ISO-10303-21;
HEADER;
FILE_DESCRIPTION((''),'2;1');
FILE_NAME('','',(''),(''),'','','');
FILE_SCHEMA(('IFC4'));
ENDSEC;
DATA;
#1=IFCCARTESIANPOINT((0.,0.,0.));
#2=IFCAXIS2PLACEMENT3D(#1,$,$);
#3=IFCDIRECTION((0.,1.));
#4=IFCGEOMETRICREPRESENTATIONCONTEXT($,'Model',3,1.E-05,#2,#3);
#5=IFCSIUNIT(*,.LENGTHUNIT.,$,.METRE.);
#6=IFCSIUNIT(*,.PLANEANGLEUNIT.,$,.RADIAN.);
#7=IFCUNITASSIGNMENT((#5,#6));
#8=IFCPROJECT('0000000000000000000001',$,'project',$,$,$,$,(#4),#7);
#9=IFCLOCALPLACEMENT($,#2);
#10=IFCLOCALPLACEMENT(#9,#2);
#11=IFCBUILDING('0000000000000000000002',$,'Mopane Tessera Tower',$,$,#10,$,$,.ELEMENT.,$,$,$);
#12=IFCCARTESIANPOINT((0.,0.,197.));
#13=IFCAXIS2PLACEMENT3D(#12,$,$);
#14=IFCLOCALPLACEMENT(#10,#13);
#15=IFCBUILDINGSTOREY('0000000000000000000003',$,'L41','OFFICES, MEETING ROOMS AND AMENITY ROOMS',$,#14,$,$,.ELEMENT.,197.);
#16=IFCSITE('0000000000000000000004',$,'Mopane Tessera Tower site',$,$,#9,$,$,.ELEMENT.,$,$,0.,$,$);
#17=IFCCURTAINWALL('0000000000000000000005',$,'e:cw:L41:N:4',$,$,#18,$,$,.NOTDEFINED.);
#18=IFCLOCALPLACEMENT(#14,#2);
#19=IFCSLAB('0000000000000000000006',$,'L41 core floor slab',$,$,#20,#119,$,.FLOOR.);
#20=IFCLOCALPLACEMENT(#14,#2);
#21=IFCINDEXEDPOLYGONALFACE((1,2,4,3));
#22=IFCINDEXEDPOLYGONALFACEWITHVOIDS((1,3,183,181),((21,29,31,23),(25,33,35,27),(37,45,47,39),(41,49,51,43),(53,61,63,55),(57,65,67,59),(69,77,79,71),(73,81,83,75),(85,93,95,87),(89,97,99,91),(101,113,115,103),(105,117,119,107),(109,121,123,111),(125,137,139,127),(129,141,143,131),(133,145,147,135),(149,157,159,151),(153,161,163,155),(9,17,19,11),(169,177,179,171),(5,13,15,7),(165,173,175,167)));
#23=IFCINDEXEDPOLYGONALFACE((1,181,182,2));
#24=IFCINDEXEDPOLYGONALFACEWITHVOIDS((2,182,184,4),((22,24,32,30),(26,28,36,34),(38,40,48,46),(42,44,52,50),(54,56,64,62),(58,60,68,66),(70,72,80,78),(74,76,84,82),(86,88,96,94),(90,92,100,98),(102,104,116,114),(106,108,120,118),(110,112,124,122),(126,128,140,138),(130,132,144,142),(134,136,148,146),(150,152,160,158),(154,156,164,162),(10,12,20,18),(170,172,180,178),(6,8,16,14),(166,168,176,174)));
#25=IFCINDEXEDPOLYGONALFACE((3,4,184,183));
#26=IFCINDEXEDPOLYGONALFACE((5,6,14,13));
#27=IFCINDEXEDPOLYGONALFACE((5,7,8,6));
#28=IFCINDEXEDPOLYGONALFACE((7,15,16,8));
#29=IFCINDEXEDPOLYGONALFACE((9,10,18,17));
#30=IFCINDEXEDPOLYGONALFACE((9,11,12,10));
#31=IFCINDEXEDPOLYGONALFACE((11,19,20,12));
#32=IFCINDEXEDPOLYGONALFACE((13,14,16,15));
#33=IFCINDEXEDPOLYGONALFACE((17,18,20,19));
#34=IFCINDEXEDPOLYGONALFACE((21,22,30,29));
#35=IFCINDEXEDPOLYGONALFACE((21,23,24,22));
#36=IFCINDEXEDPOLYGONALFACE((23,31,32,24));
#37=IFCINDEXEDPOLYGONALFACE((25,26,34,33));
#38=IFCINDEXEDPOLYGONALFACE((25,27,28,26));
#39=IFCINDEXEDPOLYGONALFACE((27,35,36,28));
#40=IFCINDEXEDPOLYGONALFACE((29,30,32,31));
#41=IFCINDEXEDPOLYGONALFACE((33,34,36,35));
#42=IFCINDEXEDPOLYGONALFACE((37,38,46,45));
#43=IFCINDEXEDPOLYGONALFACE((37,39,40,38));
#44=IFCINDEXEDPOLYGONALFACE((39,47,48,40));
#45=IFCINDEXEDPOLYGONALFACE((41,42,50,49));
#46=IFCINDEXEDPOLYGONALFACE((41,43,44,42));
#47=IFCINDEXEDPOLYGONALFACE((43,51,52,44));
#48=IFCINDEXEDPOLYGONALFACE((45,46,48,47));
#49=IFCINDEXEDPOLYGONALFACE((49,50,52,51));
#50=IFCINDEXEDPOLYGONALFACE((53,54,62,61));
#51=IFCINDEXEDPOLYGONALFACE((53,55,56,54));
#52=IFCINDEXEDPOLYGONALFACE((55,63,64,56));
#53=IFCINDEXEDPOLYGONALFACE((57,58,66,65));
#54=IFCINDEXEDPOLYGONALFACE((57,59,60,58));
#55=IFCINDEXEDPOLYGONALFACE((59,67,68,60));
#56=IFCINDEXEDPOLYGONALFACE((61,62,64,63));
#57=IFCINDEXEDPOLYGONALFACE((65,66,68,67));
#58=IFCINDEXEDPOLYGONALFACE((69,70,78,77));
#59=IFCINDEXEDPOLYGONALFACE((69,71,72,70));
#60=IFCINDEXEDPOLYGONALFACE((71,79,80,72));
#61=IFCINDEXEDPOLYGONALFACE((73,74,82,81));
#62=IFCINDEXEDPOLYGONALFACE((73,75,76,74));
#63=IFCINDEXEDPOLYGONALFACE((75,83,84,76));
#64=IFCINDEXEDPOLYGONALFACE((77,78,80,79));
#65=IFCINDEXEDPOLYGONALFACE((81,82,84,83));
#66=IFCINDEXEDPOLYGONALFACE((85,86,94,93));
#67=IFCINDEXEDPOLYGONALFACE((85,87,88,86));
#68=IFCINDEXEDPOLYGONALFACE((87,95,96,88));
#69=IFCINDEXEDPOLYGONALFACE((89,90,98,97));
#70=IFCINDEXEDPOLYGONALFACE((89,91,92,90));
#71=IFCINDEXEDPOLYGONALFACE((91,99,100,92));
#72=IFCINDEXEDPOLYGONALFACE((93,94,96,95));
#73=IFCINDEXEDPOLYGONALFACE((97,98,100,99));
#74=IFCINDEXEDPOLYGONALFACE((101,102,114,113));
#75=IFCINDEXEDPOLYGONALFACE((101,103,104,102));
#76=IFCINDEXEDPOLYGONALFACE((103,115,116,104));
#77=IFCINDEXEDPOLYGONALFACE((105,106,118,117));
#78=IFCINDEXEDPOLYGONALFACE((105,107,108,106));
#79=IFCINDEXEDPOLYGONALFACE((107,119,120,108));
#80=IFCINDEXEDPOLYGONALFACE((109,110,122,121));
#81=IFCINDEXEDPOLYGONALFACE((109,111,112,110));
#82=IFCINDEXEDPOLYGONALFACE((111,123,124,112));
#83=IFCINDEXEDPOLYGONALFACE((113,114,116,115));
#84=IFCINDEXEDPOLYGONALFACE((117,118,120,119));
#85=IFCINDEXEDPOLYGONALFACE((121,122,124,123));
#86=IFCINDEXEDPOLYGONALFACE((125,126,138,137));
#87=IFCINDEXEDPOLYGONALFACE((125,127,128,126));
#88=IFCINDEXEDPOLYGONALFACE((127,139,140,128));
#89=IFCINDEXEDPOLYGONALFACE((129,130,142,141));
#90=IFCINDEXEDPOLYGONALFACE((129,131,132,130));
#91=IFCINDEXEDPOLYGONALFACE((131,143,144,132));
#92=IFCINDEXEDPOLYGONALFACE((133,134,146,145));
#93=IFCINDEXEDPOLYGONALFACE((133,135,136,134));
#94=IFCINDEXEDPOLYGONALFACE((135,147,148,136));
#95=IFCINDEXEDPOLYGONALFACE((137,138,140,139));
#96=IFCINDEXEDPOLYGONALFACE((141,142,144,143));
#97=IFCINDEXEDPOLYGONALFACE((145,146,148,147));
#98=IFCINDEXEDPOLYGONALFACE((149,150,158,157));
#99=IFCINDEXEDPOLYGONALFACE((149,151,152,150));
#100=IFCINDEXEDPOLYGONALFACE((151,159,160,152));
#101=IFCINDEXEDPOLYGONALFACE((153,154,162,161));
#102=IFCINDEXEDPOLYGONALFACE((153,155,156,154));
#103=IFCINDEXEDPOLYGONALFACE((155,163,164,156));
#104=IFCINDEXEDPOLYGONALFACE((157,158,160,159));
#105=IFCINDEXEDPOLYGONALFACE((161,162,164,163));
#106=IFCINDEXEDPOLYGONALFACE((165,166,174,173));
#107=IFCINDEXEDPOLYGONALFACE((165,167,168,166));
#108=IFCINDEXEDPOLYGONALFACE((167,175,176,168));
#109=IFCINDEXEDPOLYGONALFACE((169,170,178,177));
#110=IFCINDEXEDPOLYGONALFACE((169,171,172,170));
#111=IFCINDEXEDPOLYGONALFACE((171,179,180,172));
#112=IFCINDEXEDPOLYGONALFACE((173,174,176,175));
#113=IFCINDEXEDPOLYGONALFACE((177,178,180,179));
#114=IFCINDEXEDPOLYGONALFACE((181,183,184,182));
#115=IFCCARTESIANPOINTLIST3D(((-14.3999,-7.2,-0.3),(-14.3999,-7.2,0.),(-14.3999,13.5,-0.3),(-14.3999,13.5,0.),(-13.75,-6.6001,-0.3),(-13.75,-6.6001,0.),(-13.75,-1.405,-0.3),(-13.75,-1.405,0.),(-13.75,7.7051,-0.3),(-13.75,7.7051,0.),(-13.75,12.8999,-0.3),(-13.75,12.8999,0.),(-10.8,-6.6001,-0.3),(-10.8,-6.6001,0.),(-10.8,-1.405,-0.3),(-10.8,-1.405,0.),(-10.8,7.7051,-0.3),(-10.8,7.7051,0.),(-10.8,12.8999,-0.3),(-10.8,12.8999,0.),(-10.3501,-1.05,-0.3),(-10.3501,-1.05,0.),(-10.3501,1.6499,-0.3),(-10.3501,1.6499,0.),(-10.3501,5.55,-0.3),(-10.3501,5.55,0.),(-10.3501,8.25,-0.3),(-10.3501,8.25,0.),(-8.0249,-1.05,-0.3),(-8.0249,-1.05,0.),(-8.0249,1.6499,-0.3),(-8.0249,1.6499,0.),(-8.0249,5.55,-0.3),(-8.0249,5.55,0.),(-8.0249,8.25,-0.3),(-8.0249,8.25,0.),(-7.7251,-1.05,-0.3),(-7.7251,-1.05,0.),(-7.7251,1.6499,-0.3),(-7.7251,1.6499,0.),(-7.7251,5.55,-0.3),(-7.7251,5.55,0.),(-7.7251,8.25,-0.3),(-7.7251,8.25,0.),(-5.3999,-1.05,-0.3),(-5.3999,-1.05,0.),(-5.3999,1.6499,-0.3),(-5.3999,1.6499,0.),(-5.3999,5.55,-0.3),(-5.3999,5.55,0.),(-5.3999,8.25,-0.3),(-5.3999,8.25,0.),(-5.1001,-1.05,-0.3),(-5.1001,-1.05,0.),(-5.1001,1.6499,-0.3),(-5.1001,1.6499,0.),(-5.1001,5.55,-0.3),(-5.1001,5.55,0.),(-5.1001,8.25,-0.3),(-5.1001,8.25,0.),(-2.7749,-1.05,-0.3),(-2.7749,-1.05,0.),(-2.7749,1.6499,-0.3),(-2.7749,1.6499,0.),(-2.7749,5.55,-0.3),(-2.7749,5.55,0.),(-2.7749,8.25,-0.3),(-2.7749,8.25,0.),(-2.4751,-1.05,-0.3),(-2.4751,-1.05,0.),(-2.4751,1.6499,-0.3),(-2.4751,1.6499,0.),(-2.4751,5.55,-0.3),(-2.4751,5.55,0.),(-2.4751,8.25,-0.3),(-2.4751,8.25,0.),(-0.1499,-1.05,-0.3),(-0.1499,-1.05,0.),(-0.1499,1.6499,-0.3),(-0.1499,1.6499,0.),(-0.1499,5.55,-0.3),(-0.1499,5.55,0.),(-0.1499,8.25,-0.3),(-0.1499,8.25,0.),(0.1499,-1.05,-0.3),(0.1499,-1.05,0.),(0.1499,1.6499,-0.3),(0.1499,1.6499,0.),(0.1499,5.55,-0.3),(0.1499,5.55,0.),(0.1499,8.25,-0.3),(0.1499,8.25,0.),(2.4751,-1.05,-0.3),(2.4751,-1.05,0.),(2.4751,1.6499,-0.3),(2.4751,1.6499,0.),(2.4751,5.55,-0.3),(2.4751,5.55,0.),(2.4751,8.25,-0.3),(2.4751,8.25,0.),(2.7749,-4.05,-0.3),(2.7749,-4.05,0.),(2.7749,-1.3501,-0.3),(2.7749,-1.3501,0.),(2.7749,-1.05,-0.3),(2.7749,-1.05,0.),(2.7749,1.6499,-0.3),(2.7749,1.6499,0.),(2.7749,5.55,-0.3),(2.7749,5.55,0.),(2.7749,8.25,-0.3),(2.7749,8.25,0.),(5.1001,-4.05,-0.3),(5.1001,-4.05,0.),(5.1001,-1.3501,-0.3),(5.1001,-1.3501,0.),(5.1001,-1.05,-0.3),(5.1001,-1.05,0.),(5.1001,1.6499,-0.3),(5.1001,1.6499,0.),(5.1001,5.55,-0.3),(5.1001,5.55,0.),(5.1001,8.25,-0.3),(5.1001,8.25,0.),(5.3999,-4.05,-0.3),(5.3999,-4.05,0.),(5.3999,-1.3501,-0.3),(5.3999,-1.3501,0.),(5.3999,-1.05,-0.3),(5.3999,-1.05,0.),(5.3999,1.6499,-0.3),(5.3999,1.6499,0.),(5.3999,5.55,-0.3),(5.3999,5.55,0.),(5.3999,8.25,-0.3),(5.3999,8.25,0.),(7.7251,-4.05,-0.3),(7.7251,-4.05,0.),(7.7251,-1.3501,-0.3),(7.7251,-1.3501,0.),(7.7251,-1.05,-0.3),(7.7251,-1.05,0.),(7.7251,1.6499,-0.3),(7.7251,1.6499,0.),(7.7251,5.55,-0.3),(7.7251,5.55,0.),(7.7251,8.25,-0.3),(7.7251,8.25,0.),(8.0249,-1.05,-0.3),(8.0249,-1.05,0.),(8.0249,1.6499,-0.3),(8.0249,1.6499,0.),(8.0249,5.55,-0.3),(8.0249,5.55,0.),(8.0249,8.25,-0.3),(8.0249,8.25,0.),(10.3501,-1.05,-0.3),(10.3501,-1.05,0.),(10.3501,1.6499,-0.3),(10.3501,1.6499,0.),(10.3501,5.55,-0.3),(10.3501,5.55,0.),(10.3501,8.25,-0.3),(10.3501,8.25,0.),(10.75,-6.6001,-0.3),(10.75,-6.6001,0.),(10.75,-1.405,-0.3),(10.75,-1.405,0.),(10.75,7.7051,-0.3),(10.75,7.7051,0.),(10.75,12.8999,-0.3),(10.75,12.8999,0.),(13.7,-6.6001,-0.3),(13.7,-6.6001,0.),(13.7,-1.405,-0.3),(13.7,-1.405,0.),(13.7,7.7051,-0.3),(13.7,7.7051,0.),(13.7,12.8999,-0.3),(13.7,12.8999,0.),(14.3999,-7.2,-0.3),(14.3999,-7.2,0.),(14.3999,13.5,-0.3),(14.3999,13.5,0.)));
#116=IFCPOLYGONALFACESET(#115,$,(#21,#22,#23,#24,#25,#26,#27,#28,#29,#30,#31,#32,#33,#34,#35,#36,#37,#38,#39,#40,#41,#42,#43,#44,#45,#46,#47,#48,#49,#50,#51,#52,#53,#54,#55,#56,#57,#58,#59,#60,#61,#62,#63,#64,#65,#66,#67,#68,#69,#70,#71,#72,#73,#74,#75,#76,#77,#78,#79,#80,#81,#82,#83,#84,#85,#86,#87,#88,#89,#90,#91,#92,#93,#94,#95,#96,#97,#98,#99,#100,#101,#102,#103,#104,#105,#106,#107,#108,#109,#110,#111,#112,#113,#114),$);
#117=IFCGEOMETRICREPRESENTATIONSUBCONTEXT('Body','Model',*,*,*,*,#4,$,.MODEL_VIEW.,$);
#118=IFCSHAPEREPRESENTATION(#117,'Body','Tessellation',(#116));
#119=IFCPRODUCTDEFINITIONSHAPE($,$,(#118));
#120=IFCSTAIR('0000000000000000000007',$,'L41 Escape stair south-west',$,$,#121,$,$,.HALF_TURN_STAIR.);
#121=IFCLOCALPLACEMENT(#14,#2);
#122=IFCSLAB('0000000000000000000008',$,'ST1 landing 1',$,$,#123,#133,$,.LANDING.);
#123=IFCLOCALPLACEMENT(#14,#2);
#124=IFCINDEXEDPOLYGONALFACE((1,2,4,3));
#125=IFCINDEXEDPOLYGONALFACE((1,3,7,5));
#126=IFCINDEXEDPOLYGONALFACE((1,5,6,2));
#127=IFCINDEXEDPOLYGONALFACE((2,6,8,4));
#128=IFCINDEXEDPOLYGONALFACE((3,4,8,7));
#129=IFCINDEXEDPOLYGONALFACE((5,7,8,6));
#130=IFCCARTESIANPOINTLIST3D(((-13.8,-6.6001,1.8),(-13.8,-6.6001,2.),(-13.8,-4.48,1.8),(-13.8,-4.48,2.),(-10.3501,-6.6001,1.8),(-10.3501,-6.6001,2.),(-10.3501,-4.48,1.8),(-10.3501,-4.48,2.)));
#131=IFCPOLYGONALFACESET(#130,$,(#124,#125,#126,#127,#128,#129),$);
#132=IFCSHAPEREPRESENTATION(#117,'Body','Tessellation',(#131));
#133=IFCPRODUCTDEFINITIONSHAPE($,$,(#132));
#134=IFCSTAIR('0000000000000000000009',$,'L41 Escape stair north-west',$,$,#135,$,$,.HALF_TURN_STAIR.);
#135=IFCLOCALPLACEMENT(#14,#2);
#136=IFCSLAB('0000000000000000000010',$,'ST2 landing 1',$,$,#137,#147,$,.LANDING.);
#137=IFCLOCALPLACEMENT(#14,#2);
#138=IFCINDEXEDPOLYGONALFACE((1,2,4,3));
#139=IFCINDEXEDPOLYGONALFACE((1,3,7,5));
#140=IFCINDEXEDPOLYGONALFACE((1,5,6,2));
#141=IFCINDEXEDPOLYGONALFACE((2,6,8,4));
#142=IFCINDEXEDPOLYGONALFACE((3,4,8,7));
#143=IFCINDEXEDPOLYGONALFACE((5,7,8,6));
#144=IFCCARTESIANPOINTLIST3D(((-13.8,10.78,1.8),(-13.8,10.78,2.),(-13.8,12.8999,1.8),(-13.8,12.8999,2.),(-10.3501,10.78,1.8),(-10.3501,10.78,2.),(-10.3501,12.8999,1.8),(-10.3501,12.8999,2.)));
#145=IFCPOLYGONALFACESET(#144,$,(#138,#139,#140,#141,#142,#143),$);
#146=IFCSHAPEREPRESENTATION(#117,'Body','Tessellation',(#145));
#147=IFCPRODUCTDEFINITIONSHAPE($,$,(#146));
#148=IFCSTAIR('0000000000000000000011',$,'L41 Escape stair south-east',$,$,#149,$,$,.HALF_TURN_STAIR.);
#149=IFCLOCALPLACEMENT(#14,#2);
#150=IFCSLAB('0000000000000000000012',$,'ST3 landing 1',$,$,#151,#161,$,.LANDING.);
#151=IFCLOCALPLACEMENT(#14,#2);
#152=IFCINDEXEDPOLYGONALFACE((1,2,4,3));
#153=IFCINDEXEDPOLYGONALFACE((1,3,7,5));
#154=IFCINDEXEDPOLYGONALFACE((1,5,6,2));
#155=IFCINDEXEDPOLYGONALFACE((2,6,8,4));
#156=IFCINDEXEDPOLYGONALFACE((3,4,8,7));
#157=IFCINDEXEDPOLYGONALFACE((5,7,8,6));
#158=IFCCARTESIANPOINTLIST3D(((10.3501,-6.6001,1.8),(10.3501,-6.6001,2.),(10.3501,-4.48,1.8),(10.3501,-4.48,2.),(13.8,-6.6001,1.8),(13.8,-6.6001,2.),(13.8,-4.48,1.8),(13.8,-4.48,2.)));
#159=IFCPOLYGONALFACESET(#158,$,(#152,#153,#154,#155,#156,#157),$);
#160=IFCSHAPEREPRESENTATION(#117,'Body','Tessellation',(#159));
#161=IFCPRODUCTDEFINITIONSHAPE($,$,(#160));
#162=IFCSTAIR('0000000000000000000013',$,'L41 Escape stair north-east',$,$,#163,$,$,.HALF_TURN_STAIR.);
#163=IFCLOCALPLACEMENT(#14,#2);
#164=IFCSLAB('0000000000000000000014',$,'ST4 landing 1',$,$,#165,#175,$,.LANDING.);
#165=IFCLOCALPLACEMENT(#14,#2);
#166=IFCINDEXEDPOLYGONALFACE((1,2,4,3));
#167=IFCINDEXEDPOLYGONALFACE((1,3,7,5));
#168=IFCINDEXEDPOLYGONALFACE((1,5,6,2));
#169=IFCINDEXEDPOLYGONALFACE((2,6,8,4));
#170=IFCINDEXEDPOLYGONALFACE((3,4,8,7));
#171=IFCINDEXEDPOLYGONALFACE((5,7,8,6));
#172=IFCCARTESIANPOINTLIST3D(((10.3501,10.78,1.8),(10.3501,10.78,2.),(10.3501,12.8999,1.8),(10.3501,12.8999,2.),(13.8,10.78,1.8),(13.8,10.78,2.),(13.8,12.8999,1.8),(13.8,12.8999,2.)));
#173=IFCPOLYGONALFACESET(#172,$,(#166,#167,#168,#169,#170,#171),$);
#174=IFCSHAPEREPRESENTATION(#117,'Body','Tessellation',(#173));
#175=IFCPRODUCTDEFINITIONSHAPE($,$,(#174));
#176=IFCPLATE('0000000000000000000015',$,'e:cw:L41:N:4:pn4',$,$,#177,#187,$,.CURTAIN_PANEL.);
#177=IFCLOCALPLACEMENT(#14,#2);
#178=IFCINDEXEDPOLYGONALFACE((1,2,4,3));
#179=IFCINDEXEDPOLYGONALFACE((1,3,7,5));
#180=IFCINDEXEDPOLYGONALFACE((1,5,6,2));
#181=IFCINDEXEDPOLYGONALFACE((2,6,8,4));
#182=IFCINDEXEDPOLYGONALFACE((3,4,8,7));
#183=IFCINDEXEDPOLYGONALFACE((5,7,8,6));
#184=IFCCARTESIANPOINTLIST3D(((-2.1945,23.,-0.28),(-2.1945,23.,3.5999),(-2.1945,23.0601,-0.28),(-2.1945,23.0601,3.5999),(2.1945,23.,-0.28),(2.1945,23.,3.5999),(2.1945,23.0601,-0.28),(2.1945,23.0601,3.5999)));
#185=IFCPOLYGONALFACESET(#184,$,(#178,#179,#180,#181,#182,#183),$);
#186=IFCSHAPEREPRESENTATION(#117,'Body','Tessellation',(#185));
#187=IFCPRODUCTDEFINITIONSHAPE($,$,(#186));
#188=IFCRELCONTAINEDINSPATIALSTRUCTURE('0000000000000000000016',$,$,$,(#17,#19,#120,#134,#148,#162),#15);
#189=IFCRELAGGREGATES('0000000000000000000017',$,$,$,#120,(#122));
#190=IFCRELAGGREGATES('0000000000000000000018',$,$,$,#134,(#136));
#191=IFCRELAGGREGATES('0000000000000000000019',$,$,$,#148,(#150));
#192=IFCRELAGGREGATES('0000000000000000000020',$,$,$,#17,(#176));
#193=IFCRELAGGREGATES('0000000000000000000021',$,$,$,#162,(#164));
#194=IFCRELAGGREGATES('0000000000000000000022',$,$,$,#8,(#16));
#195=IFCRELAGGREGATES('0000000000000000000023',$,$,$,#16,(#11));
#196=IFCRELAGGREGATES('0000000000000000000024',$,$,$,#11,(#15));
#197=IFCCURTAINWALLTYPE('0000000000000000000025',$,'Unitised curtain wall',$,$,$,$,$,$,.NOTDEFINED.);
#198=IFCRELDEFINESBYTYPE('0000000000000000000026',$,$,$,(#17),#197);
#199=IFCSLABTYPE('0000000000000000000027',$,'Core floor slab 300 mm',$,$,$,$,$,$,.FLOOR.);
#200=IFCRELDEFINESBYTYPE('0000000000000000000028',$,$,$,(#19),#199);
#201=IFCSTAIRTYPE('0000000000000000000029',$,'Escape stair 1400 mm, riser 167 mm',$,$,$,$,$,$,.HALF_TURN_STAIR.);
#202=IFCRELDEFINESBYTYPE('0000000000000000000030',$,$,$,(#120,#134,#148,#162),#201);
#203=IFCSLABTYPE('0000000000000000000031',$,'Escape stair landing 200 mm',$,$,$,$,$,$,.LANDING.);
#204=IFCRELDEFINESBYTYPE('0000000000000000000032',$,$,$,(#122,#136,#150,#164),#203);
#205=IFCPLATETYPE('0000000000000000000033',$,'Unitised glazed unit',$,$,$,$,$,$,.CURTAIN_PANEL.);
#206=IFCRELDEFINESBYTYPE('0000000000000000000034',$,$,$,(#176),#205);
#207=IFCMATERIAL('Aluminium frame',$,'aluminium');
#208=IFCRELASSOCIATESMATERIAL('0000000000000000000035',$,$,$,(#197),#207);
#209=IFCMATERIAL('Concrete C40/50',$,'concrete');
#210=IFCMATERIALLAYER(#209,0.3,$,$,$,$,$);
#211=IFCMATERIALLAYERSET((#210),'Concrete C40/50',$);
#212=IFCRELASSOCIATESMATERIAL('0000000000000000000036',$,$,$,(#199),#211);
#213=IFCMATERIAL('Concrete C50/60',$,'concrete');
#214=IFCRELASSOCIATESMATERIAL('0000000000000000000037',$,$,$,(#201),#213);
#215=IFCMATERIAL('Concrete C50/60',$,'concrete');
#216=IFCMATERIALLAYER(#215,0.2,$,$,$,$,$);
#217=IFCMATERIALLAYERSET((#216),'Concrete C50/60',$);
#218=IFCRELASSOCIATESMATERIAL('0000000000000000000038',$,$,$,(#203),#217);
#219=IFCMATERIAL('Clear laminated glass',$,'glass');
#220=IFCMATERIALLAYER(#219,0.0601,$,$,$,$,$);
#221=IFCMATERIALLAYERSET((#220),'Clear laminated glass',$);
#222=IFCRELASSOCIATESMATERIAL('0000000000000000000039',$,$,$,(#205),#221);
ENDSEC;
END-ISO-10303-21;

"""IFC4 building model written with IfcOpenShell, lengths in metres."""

from ifc_helpers import new_model, si_unit, direction, frame, origin, origin_2d, place, context, subcontext, project, spatial, polyline, rectangle, outline, extrude, material, layer, layer_set, type_object, element, aggregate, save


model = new_model("IFC4")

# Units and contexts
model_context = context("Model", 3, precision=1e-05, world=origin(), true_north=direction((0.0, 1.0)))
body_context = subcontext(model_context, "Body", "Model", "MODEL_VIEW")
ifc_project = project(units=[si_unit("LENGTHUNIT", "METRE"), si_unit("PLANEANGLEUNIT", "RADIAN")], contexts=[model_context])

# Site, building, storey
site_placement = place(None, origin())
site = spatial("IfcSite", under=ifc_project, at=site_placement, Name="Mopane Tessera Tower site", CompositionType="ELEMENT", RefElevation=0.0)
building_placement = place(site_placement, origin())
building = spatial("IfcBuilding", under=site, at=building_placement, Name="Mopane Tessera Tower", CompositionType="ELEMENT")
storey_placement = place(building_placement, frame((0.0, 0.0, 197.0)))
storey = spatial("IfcBuildingStorey", under=building, at=storey_placement, Name="L41", Description="OFFICES, MEETING ROOMS AND AMENITY ROOMS", CompositionType="ELEMENT", Elevation=197.0)

# Curtain wall
ifc_material_1 = material(Name="Aluminium frame", Category="aluminium")
curtain_wall_type = type_object("IfcCurtainWallType", Name="Unitised curtain wall", PredefinedType="NOTDEFINED", material=ifc_material_1)
curtain_wall_1_placement = place(storey_placement, origin())
curtain_wall_1 = element("IfcCurtainWall", 1, at=curtain_wall_1_placement, inside=storey, type_object=curtain_wall_type, Name="e:cw:L41:N:4", PredefinedType="NOTDEFINED")

# Slab
ifc_material_2 = material(Name="Concrete C40/50", Category="concrete")
ifc_layer_1 = layer(ifc_material_2, 0.3)
ifc_layer_set_1 = layer_set([ifc_layer_1], Name="Concrete C40/50")
slab_type_1 = type_object("IfcSlabType", Name="Core floor slab 300 mm", PredefinedType="FLOOR", material=ifc_layer_set_1)
slab_1_placement = place(storey_placement, frame((0.0, 0.0, -0.3)))
element("IfcSlab", 2, at=slab_1_placement, inside=storey, type_object=slab_type_1, Name="L41 core floor slab", PredefinedType="FLOOR", context=body_context, shape_type="SweptSolid", body=[
    extrude(outline(polyline([(-14.3999, -7.2), (14.3999, -7.2), (14.3999, 13.5), (-14.3999, 13.5), (-14.3999, -7.2)]), holes=[polyline([(-10.3501, -1.05), (-8.0249, -1.05), (-8.0249, 1.6499), (-10.3501, 1.6499), (-10.3501, -1.05)]), polyline([(-7.7251, -1.05), (-5.3999, -1.05), (-5.3999, 1.6499), (-7.7251, 1.6499), (-7.7251, -1.05)]), polyline([(-5.1001, -1.05), (-2.7749, -1.05), (-2.7749, 1.6499), (-5.1001, 1.6499), (-5.1001, -1.05)]), polyline([(-2.4751, -1.05), (-0.1499, -1.05), (-0.1499, 1.6499), (-2.4751, 1.6499), (-2.4751, -1.05)]), polyline([(0.1499, -1.05), (2.4751, -1.05), (2.4751, 1.6499), (0.1499, 1.6499), (0.1499, -1.05)]), polyline([(2.7749, -1.05), (5.1001, -1.05), (5.1001, 1.6499), (2.7749, 1.6499), (2.7749, -1.05)]), polyline([(5.3999, -1.05), (7.7251, -1.05), (7.7251, 1.6499), (5.3999, 1.6499), (5.3999, -1.05)]), polyline([(8.0249, -1.05), (10.3501, -1.05), (10.3501, 1.6499), (8.0249, 1.6499), (8.0249, -1.05)]), polyline([(-10.3501, 5.55), (-8.0249, 5.55), (-8.0249, 8.25), (-10.3501, 8.25), (-10.3501, 5.55)]), polyline([(-7.7251, 5.55), (-5.3999, 5.55), (-5.3999, 8.25), (-7.7251, 8.25), (-7.7251, 5.55)]), polyline([(-5.1001, 5.55), (-2.7749, 5.55), (-2.7749, 8.25), (-5.1001, 8.25), (-5.1001, 5.55)]), polyline([(-2.4751, 5.55), (-0.1499, 5.55), (-0.1499, 8.25), (-2.4751, 8.25), (-2.4751, 5.55)]), polyline([(0.1499, 5.55), (2.4751, 5.55), (2.4751, 8.25), (0.1499, 8.25), (0.1499, 5.55)]), polyline([(2.7749, 5.55), (5.1001, 5.55), (5.1001, 8.25), (2.7749, 8.25), (2.7749, 5.55)]), polyline([(5.3999, 5.55), (7.7251, 5.55), (7.7251, 8.25), (5.3999, 8.25), (5.3999, 5.55)]), polyline([(8.0249, 5.55), (10.3501, 5.55), (10.3501, 8.25), (8.0249, 8.25), (8.0249, 5.55)]), polyline([(2.7749, -4.05), (5.1001, -4.05), (5.1001, -1.3501), (2.7749, -1.3501), (2.7749, -4.05)]), polyline([(5.3999, -4.05), (7.7251, -4.05), (7.7251, -1.3501), (5.3999, -1.3501), (5.3999, -4.05)]), polyline([(-13.75, -1.405), (-13.75, -6.6001), (-10.8, -6.6001), (-10.8, -1.405), (-13.75, -1.405)]), polyline([(-10.8, 7.7051), (-10.8, 12.8999), (-13.75, 12.8999), (-13.75, 7.7051), (-10.8, 7.7051)]), polyline([(10.75, -1.405), (10.75, -6.6001), (13.7, -6.6001), (13.7, -1.405), (10.75, -1.405)]), polyline([(13.7, 7.7051), (13.7, 12.8999), (10.75, 12.8999), (10.75, 7.7051), (13.7, 7.7051)])]), origin(), (0.0, 0.0, 1.0), 0.3),
])

# Stairs, slabs
ifc_material_3 = material(Name="Concrete C50/60", Category="concrete")
stair_type = type_object("IfcStairType", Name="Escape stair 1400 mm, riser 167 mm", PredefinedType="HALF_TURN_STAIR", material=ifc_material_3)
stair_1_placement = place(storey_placement, origin())
stair_1 = element("IfcStair", 3, at=stair_1_placement, inside=storey, type_object=stair_type, Name="L41 Escape stair south-west", PredefinedType="HALF_TURN_STAIR")
ifc_material_4 = material(Name="Concrete C50/60", Category="concrete")
ifc_layer_2 = layer(ifc_material_4, 0.2)
ifc_layer_set_2 = layer_set([ifc_layer_2], Name="Concrete C50/60")
slab_type_2 = type_object("IfcSlabType", Name="Escape stair landing 200 mm", PredefinedType="LANDING", material=ifc_layer_set_2)
slab_2_placement = place(storey_placement, frame((0.0, 0.0, 1.8)))
slab_2 = element("IfcSlab", 4, at=slab_2_placement, type_object=slab_type_2, Name="ST1 landing 1", PredefinedType="LANDING", context=body_context, shape_type="SweptSolid", body=[
    extrude(outline(polyline([(-13.8, -4.48), (-13.8, -6.6001), (-10.3501, -6.6001), (-10.3501, -4.48), (-13.8, -4.48)])), origin(), (0.0, 0.0, 1.0), 0.2),
])
aggregate(stair_1, [slab_2])
stair_2_placement = place(storey_placement, origin())
stair_2 = element("IfcStair", 5, at=stair_2_placement, inside=storey, type_object=stair_type, Name="L41 Escape stair north-west", PredefinedType="HALF_TURN_STAIR")
slab_3_placement = place(storey_placement, frame((0.0, 0.0, 1.8)))
slab_3 = element("IfcSlab", 6, at=slab_3_placement, type_object=slab_type_2, Name="ST2 landing 1", PredefinedType="LANDING", context=body_context, shape_type="SweptSolid", body=[
    extrude(outline(polyline([(-10.3501, 10.78), (-10.3501, 12.8999), (-13.8, 12.8999), (-13.8, 10.78), (-10.3501, 10.78)])), origin(), (0.0, 0.0, 1.0), 0.2),
])
aggregate(stair_2, [slab_3])
stair_3_placement = place(storey_placement, origin())
stair_3 = element("IfcStair", 7, at=stair_3_placement, inside=storey, type_object=stair_type, Name="L41 Escape stair south-east", PredefinedType="HALF_TURN_STAIR")
slab_4_placement = place(storey_placement, frame((0.0, 0.0, 1.8)))
slab_4 = element("IfcSlab", 8, at=slab_4_placement, type_object=slab_type_2, Name="ST3 landing 1", PredefinedType="LANDING", context=body_context, shape_type="SweptSolid", body=[
    extrude(outline(polyline([(10.3501, -4.48), (10.3501, -6.6001), (13.8, -6.6001), (13.8, -4.48), (10.3501, -4.48)])), origin(), (0.0, 0.0, 1.0), 0.2),
])
aggregate(stair_3, [slab_4])
stair_4_placement = place(storey_placement, origin())
stair_4 = element("IfcStair", 9, at=stair_4_placement, inside=storey, type_object=stair_type, Name="L41 Escape stair north-east", PredefinedType="HALF_TURN_STAIR")
slab_5_placement = place(storey_placement, frame((0.0, 0.0, 1.8)))
slab_5 = element("IfcSlab", 10, at=slab_5_placement, type_object=slab_type_2, Name="ST4 landing 1", PredefinedType="LANDING", context=body_context, shape_type="SweptSolid", body=[
    extrude(outline(polyline([(13.8, 10.78), (13.8, 12.8999), (10.3501, 12.8999), (10.3501, 10.78), (13.8, 10.78)])), origin(), (0.0, 0.0, 1.0), 0.2),
])

# Plate
ifc_material_5 = material(Name="Clear laminated glass", Category="glass")
ifc_layer_3 = layer(ifc_material_5, 0.0601)
ifc_layer_set_3 = layer_set([ifc_layer_3], Name="Clear laminated glass")
plate_type = type_object("IfcPlateType", Name="Unitised glazed unit", PredefinedType="CURTAIN_PANEL", material=ifc_layer_set_3)
plate_1_placement = place(storey_placement, frame((0.0, 23.03, -0.28), z_axis=(0.0, 0.0, 1.0), x_axis=(-1.0, 0.0, 0.0)))
plate_1 = element("IfcPlate", 11, at=plate_1_placement, type_object=plate_type, Name="e:cw:L41:N:4:pn4", PredefinedType="CURTAIN_PANEL", context=body_context, shape_type="SweptSolid", body=[
    extrude(rectangle(XDim=4.3889, YDim=0.0601, at=origin_2d()), origin(), (0.0, 0.0, 1.0), 3.8799),
])
aggregate(curtain_wall_1, [plate_1])

aggregate(stair_4, [slab_5])

save(model, "model.ifc")
